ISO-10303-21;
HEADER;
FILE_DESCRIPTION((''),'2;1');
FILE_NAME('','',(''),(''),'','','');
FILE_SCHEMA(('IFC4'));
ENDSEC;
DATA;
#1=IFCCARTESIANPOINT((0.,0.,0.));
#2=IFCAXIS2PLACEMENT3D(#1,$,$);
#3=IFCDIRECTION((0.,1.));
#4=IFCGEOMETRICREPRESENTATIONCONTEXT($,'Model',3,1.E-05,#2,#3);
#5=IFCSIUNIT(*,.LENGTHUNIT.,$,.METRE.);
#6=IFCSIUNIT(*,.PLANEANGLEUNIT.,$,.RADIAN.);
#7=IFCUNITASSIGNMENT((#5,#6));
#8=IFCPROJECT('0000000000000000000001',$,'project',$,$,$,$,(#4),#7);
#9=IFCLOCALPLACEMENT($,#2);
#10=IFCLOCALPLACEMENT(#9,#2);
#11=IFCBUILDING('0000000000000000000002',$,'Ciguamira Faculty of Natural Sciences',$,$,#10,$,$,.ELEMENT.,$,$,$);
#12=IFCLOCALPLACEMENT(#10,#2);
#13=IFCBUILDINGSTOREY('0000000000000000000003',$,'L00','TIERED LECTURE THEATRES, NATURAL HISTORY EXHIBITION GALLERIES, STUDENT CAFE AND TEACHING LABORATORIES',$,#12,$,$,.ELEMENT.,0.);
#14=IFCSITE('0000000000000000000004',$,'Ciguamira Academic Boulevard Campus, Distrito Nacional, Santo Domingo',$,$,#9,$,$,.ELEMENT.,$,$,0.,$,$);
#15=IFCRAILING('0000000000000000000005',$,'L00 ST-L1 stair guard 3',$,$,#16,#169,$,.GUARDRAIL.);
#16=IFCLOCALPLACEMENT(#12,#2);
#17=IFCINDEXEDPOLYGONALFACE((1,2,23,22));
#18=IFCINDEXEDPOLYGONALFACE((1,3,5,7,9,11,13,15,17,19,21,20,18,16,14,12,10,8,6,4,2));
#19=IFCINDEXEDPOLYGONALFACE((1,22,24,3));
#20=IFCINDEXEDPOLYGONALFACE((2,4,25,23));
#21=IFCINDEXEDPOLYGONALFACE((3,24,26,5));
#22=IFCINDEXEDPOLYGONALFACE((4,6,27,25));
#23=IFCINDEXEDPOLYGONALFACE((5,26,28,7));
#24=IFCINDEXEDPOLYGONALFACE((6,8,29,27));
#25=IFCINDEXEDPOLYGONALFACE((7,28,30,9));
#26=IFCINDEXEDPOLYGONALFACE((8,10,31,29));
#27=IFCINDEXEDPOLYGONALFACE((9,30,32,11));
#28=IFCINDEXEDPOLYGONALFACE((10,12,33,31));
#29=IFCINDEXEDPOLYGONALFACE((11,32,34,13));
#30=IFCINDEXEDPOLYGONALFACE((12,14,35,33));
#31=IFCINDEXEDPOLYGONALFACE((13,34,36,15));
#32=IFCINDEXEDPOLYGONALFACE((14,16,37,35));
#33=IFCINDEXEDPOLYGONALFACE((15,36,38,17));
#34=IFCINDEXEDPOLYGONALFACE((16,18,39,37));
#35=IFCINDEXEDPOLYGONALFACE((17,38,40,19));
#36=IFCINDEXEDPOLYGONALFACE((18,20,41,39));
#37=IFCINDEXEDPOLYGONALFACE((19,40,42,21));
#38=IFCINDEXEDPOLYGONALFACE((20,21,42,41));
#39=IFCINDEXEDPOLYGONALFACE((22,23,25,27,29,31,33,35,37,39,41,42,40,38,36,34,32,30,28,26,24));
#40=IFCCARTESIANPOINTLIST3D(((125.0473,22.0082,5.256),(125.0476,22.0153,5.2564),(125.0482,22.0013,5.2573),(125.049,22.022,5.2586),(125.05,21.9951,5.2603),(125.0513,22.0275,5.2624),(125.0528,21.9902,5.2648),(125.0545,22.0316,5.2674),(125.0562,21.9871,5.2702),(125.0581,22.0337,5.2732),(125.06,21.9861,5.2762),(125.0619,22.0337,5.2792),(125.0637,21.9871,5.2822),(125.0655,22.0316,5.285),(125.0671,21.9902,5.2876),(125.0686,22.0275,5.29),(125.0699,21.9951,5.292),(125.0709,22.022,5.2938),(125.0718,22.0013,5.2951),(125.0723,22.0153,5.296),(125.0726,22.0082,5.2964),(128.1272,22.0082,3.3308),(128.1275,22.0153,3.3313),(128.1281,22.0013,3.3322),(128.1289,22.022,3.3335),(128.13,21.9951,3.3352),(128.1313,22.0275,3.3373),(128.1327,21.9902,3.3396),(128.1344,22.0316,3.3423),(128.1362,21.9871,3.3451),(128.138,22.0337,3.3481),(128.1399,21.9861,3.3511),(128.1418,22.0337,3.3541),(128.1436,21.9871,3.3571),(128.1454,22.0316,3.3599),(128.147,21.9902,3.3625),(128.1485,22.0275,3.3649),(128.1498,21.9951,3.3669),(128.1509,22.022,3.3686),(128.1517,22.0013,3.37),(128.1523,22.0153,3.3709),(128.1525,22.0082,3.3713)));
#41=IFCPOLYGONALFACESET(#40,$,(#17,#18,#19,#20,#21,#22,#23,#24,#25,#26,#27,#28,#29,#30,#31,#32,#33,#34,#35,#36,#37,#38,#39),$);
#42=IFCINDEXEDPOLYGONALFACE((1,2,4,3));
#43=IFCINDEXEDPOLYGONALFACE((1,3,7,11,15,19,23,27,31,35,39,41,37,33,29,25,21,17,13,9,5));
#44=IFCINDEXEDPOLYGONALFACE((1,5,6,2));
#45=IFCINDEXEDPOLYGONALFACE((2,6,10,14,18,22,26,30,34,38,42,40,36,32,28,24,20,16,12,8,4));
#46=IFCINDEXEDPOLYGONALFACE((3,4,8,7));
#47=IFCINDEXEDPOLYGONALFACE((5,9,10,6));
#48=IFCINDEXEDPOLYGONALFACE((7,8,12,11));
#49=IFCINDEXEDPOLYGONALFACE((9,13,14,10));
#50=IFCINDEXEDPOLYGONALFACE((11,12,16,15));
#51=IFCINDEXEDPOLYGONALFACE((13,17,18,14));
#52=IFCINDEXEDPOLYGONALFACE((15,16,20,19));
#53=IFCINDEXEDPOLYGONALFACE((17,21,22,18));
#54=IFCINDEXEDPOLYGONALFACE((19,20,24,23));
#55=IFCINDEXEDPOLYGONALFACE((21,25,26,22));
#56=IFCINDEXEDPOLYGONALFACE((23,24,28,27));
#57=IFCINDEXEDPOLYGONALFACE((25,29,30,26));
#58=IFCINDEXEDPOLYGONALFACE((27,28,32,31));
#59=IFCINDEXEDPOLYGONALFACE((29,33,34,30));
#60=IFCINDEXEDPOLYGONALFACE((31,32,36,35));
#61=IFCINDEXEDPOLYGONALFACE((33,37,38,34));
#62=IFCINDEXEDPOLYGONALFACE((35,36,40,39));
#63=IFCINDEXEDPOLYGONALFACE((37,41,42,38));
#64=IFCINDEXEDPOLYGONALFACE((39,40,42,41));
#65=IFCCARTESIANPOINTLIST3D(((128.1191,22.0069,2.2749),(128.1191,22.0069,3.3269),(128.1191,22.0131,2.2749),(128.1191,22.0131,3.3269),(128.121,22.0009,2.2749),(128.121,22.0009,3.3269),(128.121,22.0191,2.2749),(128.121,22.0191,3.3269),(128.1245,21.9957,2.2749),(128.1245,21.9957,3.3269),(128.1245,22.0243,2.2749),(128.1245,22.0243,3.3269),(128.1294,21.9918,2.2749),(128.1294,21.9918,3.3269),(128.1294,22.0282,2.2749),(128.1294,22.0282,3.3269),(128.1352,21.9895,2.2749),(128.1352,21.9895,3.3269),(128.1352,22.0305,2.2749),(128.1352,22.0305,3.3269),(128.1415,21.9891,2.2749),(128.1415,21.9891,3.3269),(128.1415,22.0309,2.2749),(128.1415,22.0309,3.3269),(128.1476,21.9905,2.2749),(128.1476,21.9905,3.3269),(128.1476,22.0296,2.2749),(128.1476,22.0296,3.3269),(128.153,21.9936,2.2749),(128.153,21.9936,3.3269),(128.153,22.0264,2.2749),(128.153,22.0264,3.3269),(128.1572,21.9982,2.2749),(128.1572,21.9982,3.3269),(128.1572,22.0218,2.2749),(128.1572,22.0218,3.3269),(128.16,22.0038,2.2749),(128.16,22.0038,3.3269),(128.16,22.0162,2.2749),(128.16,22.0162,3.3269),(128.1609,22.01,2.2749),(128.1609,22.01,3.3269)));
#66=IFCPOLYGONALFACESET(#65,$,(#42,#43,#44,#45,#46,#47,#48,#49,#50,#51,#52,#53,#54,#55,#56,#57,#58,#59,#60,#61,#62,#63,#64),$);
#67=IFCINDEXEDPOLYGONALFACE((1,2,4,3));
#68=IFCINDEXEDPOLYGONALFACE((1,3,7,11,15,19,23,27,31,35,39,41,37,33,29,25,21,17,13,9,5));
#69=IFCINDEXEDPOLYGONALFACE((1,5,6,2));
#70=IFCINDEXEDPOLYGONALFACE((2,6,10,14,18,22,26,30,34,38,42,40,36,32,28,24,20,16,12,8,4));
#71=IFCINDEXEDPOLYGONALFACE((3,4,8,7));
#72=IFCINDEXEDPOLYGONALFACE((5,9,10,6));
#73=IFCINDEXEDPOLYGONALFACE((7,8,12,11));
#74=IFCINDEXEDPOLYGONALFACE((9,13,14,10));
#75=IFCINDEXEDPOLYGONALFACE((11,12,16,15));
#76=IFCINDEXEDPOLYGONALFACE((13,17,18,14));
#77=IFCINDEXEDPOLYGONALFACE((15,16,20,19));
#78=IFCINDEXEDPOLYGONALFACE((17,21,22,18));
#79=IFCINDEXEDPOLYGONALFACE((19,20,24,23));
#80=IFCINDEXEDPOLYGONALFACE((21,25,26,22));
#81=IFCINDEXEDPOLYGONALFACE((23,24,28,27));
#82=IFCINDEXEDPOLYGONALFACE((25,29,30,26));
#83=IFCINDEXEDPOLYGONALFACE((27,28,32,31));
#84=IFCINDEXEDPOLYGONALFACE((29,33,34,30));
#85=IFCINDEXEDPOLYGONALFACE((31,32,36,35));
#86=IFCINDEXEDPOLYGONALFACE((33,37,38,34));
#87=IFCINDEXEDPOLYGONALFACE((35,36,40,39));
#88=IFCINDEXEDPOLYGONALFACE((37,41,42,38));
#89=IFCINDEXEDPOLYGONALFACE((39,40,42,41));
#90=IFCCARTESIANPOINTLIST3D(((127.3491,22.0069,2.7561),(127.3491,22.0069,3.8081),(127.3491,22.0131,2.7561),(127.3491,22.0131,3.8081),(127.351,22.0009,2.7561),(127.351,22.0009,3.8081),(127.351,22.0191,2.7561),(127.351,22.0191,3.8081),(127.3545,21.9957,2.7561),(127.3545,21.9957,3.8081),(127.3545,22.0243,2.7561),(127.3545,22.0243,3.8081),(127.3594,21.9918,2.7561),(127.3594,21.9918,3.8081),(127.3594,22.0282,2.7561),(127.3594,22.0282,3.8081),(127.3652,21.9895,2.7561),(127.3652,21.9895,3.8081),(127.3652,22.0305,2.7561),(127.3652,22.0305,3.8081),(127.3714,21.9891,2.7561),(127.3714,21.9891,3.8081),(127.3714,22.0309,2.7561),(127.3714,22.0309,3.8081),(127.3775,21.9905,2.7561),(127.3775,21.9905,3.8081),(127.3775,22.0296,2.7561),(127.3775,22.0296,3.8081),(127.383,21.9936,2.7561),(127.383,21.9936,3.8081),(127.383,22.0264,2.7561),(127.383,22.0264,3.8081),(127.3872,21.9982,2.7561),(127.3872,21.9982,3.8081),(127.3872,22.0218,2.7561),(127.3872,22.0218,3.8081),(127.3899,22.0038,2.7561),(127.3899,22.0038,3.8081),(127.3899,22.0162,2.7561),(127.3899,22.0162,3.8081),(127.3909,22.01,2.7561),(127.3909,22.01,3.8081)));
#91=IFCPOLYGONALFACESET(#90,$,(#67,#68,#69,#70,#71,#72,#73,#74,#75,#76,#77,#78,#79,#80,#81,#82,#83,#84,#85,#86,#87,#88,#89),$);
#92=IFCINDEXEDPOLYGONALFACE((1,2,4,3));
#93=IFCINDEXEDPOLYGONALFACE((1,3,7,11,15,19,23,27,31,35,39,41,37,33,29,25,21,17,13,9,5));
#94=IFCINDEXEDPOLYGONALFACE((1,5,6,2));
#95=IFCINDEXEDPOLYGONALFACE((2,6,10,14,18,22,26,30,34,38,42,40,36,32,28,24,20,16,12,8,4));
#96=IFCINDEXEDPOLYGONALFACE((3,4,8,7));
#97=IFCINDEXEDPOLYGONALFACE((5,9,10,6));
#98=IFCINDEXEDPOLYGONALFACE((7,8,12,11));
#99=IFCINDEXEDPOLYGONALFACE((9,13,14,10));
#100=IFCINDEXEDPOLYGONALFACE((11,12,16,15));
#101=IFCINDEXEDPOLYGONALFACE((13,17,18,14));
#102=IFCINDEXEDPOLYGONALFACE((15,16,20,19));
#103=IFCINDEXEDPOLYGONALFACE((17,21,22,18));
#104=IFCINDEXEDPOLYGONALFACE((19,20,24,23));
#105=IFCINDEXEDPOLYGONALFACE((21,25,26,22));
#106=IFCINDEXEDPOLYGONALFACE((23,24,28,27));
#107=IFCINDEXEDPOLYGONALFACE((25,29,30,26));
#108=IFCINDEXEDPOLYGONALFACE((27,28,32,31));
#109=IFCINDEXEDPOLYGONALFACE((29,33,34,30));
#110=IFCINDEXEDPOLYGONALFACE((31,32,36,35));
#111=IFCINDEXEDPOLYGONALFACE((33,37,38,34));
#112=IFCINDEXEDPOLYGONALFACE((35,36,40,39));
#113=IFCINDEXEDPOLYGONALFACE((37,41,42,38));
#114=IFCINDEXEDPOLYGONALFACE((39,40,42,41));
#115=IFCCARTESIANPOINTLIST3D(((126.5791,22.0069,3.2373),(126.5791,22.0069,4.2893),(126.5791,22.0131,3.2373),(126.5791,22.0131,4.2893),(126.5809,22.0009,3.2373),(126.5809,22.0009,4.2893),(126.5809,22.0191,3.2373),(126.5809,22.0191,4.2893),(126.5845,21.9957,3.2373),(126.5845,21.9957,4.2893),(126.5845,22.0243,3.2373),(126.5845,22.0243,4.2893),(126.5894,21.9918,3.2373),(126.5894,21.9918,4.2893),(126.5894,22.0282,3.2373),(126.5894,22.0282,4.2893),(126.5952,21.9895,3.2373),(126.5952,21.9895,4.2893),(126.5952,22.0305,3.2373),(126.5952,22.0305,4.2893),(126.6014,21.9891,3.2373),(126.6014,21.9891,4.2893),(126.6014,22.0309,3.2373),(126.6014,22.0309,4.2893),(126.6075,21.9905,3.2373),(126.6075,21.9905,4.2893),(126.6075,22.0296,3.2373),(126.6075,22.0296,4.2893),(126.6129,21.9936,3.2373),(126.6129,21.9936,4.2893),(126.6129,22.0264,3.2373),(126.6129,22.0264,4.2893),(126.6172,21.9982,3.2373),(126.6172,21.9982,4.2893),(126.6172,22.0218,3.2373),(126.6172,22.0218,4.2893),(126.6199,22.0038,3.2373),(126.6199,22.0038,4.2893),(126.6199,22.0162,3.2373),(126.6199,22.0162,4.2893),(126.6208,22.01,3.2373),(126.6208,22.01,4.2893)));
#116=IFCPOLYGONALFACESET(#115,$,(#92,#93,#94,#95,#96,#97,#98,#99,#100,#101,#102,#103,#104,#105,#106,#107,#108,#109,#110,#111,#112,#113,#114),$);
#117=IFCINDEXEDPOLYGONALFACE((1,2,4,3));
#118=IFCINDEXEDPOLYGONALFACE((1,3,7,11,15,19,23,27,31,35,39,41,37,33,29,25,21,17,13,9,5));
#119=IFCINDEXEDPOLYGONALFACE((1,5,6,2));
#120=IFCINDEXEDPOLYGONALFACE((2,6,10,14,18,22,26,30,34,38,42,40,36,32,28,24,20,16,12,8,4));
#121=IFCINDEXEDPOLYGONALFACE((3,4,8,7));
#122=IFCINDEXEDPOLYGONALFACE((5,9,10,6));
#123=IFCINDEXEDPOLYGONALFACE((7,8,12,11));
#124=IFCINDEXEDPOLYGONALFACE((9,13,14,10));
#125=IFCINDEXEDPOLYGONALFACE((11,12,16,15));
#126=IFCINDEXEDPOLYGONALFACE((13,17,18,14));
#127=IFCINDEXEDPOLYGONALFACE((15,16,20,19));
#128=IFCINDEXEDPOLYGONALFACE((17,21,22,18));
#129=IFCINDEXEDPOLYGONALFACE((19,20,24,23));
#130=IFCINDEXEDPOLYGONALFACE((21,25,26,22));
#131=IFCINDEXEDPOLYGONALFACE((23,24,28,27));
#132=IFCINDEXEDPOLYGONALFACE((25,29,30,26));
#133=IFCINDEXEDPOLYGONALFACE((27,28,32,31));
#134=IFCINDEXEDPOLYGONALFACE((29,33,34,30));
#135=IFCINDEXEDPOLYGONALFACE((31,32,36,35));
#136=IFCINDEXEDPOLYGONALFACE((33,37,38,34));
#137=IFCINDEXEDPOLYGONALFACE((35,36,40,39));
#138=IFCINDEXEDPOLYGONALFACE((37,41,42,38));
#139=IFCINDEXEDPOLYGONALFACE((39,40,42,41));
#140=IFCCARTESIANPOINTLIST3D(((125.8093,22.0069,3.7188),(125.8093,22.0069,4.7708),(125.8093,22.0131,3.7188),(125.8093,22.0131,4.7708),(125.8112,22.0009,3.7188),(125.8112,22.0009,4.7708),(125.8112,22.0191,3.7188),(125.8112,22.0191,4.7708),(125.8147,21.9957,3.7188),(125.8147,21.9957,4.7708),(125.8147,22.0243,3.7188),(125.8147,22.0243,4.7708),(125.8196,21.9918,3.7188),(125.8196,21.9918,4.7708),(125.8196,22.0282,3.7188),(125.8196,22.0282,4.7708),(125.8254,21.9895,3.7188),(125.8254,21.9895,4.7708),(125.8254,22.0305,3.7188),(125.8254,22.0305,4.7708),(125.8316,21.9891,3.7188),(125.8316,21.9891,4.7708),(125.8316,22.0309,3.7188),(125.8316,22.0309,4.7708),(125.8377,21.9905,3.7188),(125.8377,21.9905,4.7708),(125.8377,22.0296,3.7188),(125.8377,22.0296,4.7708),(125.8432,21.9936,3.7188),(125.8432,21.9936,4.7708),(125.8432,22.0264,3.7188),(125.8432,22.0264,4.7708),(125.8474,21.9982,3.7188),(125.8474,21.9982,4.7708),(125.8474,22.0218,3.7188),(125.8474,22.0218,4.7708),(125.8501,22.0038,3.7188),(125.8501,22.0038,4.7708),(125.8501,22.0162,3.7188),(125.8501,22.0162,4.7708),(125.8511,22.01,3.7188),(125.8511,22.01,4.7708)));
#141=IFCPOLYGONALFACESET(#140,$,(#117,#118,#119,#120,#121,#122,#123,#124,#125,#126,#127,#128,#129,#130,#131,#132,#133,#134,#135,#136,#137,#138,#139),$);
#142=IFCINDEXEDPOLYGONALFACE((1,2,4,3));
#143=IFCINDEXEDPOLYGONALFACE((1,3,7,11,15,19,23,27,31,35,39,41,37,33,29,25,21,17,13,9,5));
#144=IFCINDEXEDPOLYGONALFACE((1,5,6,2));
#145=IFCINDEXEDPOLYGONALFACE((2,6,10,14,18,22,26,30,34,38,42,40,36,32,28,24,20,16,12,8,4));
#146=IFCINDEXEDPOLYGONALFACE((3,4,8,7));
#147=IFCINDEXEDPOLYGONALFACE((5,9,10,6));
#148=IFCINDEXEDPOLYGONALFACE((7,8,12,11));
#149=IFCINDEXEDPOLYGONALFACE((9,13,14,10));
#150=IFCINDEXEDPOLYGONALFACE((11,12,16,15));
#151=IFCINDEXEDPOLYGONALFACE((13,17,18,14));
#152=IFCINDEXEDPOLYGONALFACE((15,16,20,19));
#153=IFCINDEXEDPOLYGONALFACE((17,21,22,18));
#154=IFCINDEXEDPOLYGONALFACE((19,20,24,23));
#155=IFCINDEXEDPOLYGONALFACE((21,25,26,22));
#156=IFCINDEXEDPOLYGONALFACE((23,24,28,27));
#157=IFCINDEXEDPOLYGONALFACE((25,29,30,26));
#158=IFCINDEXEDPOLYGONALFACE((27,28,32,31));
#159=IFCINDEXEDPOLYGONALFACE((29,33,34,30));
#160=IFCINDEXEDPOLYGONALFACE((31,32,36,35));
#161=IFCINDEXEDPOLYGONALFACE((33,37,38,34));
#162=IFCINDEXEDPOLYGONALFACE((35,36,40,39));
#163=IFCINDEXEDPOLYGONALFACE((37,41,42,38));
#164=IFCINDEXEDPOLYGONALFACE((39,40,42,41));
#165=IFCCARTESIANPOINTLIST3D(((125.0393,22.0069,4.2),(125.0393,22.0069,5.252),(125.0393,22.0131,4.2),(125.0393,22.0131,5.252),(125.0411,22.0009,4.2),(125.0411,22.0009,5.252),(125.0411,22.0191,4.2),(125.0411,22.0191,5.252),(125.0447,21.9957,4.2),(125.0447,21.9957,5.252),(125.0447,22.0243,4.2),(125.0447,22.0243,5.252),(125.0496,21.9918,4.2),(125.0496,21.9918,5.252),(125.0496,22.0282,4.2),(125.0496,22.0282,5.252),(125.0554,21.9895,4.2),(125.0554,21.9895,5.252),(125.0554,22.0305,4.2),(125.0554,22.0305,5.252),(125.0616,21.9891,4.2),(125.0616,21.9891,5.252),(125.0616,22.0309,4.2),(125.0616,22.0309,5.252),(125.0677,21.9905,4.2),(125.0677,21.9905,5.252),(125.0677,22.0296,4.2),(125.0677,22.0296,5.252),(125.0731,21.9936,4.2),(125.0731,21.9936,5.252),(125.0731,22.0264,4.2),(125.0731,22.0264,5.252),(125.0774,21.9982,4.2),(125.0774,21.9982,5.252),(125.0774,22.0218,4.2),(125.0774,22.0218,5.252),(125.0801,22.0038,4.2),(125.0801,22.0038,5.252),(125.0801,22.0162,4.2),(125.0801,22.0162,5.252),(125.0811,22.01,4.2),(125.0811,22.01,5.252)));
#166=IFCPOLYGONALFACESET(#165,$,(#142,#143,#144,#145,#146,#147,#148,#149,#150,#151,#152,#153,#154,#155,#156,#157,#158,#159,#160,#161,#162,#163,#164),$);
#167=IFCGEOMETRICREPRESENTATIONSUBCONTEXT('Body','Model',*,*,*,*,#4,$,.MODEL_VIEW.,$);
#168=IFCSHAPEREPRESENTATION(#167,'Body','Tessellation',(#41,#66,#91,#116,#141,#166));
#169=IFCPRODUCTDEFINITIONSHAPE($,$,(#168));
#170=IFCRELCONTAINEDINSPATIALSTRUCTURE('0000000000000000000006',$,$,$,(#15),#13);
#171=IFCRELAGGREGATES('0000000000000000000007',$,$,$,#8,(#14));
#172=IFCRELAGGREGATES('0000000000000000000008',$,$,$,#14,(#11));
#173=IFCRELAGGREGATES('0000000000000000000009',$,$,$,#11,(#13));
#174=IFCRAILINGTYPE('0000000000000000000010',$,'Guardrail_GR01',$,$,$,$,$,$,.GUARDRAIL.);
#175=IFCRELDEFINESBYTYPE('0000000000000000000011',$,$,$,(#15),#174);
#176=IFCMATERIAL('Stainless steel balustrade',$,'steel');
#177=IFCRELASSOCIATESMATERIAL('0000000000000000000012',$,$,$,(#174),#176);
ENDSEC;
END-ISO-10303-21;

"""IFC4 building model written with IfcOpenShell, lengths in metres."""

from ifc_helpers import new_model, si_unit, direction, frame, origin, origin_2d, place, context, subcontext, project, spatial, circle, extrude, material, type_object, element, save


model = new_model("IFC4")

# Units and contexts
model_context = context("Model", 3, precision=1e-05, world=origin(), true_north=direction((0.0, 1.0)))
body_context = subcontext(model_context, "Body", "Model", "MODEL_VIEW")
ifc_project = project(units=[si_unit("LENGTHUNIT", "METRE"), si_unit("PLANEANGLEUNIT", "RADIAN")], contexts=[model_context])

# Site, building, storey
site_placement = place(None, origin())
site = spatial("IfcSite", under=ifc_project, at=site_placement, Name="Ciguamira Academic Boulevard Campus, Distrito Nacional, Santo Domingo", CompositionType="ELEMENT", RefElevation=0.0)
building_placement = place(site_placement, origin())
building = spatial("IfcBuilding", under=site, at=building_placement, Name="Ciguamira Faculty of Natural Sciences", CompositionType="ELEMENT")
storey_placement = place(building_placement, origin())
storey = spatial("IfcBuildingStorey", under=building, at=storey_placement, Name="L00", Description="TIERED LECTURE THEATRES, NATURAL HISTORY EXHIBITION GALLERIES, STUDENT CAFE AND TEACHING LABORATORIES", CompositionType="ELEMENT", Elevation=0.0)

# Railing
ifc_material_1 = material(Name="Stainless steel balustrade", Category="steel")
railing_type_1 = type_object("IfcRailingType", Name="Guardrail_GR01", PredefinedType="GUARDRAIL", material=ifc_material_1)
railing_1_placement = place(storey_placement, frame((128.1399, 22.01, 2.2749)))
element("IfcRailing", 1, at=railing_1_placement, inside=storey, type_object=railing_type_1, Name="L00 ST-L1 stair guard 3", PredefinedType="GUARDRAIL", context=body_context, shape_type="SweptSolid", body=[
    extrude(circle(Radius=0.0239, at=origin_2d()), frame((0.0, 0.0, 1.0762), z_axis=(-0.847979, 0.0, 0.530029), x_axis=(0.0, -1.0, 0.0)), (0.0, 0.0, 1.0), 3.6321),
    extrude(circle(Radius=0.021, at=origin_2d()), origin(), (0.0, 0.0, 1.0), 1.052),
    extrude(circle(Radius=0.021, at=origin_2d()), frame((-0.77, 0.0, 0.4812)), (0.0, 0.0, 1.0), 1.052),
    extrude(circle(Radius=0.021, at=origin_2d()), frame((-1.54, 0.0, 0.9624)), (0.0, 0.0, 1.0), 1.052),
    extrude(circle(Radius=0.021, at=origin_2d()), frame((-2.3098, 0.0, 1.4438)), (0.0, 0.0, 1.0), 1.052),
    extrude(circle(Radius=0.021, at=origin_2d()), frame((-3.0798, 0.0, 1.925)), (0.0, 0.0, 1.0), 1.052),
])

save(model, "model.ifc")
